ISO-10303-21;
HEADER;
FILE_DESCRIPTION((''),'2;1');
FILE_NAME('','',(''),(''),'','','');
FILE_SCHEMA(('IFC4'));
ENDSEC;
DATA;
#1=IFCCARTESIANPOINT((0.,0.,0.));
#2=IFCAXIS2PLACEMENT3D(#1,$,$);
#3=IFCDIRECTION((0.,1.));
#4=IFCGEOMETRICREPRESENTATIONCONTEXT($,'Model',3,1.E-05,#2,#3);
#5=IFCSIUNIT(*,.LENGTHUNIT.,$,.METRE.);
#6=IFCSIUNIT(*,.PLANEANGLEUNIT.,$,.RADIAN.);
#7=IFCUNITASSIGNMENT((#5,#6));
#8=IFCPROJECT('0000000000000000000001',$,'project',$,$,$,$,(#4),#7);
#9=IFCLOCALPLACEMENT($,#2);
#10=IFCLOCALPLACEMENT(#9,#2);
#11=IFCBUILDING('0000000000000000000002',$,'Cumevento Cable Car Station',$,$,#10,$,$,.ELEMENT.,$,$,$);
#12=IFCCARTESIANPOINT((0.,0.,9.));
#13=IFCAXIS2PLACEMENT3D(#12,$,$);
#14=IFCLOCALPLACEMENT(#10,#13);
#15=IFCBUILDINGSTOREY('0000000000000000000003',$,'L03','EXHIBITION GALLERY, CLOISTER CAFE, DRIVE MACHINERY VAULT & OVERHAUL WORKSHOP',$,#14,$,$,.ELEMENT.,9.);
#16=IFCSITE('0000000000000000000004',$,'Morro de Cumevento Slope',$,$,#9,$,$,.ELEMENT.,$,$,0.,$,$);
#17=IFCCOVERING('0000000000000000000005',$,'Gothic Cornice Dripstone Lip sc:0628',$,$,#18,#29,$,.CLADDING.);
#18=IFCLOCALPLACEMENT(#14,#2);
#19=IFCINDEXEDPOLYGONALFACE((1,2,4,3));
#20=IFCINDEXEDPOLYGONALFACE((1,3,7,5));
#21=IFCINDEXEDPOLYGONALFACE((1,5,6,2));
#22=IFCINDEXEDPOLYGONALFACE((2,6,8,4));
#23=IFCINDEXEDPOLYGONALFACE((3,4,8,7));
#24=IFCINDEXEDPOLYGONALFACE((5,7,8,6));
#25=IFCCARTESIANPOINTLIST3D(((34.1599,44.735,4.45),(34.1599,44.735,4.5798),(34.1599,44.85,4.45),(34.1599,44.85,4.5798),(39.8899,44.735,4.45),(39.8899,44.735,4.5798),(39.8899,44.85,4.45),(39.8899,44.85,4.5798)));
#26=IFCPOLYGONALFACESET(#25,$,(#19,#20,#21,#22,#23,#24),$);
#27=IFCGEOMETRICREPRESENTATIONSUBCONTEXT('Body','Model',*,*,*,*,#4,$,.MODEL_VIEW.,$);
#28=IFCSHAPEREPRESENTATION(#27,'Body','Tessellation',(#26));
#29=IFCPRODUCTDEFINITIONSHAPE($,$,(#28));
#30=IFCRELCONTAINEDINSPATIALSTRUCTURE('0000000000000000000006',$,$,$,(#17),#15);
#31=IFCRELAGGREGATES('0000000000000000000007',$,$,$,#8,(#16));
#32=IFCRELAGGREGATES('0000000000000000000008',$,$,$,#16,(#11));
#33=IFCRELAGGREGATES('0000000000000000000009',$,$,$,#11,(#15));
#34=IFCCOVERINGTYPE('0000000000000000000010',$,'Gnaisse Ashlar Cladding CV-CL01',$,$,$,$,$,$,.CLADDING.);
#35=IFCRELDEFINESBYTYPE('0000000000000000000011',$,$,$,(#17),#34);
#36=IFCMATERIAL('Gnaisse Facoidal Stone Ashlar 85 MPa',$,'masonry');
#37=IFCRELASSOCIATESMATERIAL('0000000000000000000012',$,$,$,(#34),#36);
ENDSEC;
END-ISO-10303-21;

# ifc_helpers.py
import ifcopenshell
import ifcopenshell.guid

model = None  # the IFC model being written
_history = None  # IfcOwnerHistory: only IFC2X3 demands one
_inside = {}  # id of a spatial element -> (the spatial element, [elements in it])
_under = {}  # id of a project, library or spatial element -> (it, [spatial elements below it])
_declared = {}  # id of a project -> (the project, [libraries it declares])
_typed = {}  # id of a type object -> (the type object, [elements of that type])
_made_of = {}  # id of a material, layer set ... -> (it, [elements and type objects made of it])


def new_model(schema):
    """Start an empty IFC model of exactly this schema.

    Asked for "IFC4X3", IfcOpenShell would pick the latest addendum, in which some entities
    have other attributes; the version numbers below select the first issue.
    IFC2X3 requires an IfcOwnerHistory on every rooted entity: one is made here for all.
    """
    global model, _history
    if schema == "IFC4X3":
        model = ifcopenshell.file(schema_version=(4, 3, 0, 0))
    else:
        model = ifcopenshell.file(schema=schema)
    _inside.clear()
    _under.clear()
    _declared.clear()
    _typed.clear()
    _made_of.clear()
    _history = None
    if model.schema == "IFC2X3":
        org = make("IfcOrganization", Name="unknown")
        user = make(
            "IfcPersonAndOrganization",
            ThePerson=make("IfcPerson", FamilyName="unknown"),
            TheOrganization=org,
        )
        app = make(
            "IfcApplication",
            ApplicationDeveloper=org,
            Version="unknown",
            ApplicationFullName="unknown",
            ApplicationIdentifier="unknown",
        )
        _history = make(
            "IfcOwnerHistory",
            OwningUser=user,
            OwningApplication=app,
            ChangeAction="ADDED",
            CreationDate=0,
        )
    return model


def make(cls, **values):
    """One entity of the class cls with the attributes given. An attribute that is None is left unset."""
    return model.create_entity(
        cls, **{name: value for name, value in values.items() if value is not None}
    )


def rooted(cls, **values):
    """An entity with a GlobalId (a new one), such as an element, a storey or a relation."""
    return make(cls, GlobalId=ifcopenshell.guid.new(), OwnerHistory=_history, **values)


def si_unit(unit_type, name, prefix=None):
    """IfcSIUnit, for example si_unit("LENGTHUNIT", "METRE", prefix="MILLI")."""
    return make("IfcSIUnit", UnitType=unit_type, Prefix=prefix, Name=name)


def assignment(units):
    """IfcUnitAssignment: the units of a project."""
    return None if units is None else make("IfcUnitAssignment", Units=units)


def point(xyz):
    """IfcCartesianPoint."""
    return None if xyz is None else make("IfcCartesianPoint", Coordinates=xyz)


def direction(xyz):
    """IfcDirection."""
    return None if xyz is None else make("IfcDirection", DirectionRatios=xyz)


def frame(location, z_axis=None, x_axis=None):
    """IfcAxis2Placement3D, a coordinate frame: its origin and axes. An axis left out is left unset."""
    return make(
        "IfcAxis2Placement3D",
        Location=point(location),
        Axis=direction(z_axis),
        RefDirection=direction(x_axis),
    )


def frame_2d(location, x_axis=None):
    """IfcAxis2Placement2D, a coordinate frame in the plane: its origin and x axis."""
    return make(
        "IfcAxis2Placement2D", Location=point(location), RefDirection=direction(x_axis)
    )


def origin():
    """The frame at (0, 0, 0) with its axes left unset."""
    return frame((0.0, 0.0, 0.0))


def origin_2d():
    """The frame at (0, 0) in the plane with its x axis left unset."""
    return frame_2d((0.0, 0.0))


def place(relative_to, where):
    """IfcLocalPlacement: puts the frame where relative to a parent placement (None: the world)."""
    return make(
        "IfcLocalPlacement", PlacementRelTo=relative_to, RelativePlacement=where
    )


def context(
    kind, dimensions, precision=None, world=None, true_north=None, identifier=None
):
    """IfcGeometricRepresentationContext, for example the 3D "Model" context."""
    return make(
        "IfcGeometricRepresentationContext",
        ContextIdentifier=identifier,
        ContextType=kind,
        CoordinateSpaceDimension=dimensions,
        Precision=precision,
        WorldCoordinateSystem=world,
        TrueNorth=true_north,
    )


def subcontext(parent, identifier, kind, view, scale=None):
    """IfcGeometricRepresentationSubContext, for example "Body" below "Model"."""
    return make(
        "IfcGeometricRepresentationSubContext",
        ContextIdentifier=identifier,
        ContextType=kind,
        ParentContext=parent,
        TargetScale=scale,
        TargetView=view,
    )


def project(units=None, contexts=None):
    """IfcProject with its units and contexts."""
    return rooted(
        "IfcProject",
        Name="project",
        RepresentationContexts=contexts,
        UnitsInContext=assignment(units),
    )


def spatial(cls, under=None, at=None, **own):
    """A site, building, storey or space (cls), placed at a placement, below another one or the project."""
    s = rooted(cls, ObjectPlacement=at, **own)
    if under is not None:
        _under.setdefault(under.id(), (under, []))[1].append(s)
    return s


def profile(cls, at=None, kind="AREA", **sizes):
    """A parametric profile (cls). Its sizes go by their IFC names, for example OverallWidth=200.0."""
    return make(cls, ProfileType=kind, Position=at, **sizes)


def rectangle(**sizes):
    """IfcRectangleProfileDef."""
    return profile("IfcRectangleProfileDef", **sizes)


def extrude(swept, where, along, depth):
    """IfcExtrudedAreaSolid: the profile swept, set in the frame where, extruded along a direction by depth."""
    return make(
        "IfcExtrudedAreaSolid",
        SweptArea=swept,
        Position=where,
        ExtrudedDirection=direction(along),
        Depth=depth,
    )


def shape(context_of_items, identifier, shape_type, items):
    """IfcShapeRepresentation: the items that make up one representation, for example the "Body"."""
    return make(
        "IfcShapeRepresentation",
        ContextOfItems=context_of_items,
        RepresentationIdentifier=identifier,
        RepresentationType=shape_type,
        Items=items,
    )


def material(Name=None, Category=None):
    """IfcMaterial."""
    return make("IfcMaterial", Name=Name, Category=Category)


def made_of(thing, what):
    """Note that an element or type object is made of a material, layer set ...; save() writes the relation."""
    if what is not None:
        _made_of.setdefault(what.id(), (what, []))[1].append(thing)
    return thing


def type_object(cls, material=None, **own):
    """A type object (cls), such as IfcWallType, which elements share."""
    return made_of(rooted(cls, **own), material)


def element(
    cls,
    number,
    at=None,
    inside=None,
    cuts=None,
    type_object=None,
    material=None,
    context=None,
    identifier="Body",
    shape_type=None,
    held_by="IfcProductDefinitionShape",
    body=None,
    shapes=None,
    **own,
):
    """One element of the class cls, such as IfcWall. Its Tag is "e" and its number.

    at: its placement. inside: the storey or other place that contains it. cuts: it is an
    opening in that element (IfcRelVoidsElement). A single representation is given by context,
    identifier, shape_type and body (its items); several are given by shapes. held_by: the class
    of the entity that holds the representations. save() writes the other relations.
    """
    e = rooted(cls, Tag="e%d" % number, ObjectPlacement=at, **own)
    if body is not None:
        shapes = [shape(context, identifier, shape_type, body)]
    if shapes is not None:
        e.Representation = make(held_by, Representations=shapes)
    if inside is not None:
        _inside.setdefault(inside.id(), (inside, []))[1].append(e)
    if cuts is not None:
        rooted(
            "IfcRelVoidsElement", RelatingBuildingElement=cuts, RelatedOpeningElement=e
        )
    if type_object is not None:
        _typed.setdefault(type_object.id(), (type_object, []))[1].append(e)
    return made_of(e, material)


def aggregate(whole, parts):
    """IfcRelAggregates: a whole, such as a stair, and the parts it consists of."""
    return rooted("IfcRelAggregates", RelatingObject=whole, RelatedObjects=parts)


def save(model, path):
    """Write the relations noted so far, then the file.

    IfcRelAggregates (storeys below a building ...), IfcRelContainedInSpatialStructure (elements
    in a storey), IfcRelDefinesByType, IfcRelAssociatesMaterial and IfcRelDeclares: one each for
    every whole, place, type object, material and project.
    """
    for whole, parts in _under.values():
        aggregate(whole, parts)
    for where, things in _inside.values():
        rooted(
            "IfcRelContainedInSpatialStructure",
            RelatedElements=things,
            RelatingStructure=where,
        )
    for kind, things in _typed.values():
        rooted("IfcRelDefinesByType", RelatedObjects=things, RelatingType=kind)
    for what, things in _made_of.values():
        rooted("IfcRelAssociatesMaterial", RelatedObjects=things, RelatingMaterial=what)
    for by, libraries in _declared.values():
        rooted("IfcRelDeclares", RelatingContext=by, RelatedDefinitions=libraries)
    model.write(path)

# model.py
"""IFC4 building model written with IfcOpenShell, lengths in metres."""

from ifc_helpers import new_model, si_unit, direction, frame, origin, origin_2d, place, context, subcontext, project, spatial, rectangle, extrude, material, type_object, element, save


model = new_model("IFC4")

# Units and contexts
model_context = context("Model", 3, precision=1e-05, world=origin(), true_north=direction((0.0, 1.0)))
body_context = subcontext(model_context, "Body", "Model", "MODEL_VIEW")
ifc_project = project(units=[si_unit("LENGTHUNIT", "METRE"), si_unit("PLANEANGLEUNIT", "RADIAN")], contexts=[model_context])

# Site, building, storey
site_placement = place(None, origin())
site = spatial("IfcSite", under=ifc_project, at=site_placement, Name="Morro de Cumevento Slope", CompositionType="ELEMENT", RefElevation=0.0)
building_placement = place(site_placement, origin())
building = spatial("IfcBuilding", under=site, at=building_placement, Name="Cumevento Cable Car Station", CompositionType="ELEMENT")
storey_placement = place(building_placement, frame((0.0, 0.0, 9.0)))
storey = spatial("IfcBuildingStorey", under=building, at=storey_placement, Name="L03", Description="EXHIBITION GALLERY, CLOISTER CAFE, DRIVE MACHINERY VAULT & OVERHAUL WORKSHOP", CompositionType="ELEMENT", Elevation=9.0)

# Covering
ifc_material_1 = material(Name="Gnaisse Facoidal Stone Ashlar 85 MPa", Category="masonry")
covering_type = type_object("IfcCoveringType", Name="Gnaisse Ashlar Cladding CV-CL01", PredefinedType="CLADDING", material=ifc_material_1)
covering_1_placement = place(storey_placement, frame((37.0249, 44.7925, 4.45), z_axis=(0.0, 0.0, 1.0), x_axis=(-1.0, 0.0, 0.0)))
element("IfcCovering", 1, at=covering_1_placement, inside=storey, type_object=covering_type, Name="Gothic Cornice Dripstone Lip sc:0628", PredefinedType="CLADDING", context=body_context, shape_type="SweptSolid", body=[
    extrude(rectangle(XDim=5.73, YDim=0.115, at=origin_2d()), origin(), (0.0, 0.0, 1.0), 0.1299),
])

save(model, "model.ifc")
